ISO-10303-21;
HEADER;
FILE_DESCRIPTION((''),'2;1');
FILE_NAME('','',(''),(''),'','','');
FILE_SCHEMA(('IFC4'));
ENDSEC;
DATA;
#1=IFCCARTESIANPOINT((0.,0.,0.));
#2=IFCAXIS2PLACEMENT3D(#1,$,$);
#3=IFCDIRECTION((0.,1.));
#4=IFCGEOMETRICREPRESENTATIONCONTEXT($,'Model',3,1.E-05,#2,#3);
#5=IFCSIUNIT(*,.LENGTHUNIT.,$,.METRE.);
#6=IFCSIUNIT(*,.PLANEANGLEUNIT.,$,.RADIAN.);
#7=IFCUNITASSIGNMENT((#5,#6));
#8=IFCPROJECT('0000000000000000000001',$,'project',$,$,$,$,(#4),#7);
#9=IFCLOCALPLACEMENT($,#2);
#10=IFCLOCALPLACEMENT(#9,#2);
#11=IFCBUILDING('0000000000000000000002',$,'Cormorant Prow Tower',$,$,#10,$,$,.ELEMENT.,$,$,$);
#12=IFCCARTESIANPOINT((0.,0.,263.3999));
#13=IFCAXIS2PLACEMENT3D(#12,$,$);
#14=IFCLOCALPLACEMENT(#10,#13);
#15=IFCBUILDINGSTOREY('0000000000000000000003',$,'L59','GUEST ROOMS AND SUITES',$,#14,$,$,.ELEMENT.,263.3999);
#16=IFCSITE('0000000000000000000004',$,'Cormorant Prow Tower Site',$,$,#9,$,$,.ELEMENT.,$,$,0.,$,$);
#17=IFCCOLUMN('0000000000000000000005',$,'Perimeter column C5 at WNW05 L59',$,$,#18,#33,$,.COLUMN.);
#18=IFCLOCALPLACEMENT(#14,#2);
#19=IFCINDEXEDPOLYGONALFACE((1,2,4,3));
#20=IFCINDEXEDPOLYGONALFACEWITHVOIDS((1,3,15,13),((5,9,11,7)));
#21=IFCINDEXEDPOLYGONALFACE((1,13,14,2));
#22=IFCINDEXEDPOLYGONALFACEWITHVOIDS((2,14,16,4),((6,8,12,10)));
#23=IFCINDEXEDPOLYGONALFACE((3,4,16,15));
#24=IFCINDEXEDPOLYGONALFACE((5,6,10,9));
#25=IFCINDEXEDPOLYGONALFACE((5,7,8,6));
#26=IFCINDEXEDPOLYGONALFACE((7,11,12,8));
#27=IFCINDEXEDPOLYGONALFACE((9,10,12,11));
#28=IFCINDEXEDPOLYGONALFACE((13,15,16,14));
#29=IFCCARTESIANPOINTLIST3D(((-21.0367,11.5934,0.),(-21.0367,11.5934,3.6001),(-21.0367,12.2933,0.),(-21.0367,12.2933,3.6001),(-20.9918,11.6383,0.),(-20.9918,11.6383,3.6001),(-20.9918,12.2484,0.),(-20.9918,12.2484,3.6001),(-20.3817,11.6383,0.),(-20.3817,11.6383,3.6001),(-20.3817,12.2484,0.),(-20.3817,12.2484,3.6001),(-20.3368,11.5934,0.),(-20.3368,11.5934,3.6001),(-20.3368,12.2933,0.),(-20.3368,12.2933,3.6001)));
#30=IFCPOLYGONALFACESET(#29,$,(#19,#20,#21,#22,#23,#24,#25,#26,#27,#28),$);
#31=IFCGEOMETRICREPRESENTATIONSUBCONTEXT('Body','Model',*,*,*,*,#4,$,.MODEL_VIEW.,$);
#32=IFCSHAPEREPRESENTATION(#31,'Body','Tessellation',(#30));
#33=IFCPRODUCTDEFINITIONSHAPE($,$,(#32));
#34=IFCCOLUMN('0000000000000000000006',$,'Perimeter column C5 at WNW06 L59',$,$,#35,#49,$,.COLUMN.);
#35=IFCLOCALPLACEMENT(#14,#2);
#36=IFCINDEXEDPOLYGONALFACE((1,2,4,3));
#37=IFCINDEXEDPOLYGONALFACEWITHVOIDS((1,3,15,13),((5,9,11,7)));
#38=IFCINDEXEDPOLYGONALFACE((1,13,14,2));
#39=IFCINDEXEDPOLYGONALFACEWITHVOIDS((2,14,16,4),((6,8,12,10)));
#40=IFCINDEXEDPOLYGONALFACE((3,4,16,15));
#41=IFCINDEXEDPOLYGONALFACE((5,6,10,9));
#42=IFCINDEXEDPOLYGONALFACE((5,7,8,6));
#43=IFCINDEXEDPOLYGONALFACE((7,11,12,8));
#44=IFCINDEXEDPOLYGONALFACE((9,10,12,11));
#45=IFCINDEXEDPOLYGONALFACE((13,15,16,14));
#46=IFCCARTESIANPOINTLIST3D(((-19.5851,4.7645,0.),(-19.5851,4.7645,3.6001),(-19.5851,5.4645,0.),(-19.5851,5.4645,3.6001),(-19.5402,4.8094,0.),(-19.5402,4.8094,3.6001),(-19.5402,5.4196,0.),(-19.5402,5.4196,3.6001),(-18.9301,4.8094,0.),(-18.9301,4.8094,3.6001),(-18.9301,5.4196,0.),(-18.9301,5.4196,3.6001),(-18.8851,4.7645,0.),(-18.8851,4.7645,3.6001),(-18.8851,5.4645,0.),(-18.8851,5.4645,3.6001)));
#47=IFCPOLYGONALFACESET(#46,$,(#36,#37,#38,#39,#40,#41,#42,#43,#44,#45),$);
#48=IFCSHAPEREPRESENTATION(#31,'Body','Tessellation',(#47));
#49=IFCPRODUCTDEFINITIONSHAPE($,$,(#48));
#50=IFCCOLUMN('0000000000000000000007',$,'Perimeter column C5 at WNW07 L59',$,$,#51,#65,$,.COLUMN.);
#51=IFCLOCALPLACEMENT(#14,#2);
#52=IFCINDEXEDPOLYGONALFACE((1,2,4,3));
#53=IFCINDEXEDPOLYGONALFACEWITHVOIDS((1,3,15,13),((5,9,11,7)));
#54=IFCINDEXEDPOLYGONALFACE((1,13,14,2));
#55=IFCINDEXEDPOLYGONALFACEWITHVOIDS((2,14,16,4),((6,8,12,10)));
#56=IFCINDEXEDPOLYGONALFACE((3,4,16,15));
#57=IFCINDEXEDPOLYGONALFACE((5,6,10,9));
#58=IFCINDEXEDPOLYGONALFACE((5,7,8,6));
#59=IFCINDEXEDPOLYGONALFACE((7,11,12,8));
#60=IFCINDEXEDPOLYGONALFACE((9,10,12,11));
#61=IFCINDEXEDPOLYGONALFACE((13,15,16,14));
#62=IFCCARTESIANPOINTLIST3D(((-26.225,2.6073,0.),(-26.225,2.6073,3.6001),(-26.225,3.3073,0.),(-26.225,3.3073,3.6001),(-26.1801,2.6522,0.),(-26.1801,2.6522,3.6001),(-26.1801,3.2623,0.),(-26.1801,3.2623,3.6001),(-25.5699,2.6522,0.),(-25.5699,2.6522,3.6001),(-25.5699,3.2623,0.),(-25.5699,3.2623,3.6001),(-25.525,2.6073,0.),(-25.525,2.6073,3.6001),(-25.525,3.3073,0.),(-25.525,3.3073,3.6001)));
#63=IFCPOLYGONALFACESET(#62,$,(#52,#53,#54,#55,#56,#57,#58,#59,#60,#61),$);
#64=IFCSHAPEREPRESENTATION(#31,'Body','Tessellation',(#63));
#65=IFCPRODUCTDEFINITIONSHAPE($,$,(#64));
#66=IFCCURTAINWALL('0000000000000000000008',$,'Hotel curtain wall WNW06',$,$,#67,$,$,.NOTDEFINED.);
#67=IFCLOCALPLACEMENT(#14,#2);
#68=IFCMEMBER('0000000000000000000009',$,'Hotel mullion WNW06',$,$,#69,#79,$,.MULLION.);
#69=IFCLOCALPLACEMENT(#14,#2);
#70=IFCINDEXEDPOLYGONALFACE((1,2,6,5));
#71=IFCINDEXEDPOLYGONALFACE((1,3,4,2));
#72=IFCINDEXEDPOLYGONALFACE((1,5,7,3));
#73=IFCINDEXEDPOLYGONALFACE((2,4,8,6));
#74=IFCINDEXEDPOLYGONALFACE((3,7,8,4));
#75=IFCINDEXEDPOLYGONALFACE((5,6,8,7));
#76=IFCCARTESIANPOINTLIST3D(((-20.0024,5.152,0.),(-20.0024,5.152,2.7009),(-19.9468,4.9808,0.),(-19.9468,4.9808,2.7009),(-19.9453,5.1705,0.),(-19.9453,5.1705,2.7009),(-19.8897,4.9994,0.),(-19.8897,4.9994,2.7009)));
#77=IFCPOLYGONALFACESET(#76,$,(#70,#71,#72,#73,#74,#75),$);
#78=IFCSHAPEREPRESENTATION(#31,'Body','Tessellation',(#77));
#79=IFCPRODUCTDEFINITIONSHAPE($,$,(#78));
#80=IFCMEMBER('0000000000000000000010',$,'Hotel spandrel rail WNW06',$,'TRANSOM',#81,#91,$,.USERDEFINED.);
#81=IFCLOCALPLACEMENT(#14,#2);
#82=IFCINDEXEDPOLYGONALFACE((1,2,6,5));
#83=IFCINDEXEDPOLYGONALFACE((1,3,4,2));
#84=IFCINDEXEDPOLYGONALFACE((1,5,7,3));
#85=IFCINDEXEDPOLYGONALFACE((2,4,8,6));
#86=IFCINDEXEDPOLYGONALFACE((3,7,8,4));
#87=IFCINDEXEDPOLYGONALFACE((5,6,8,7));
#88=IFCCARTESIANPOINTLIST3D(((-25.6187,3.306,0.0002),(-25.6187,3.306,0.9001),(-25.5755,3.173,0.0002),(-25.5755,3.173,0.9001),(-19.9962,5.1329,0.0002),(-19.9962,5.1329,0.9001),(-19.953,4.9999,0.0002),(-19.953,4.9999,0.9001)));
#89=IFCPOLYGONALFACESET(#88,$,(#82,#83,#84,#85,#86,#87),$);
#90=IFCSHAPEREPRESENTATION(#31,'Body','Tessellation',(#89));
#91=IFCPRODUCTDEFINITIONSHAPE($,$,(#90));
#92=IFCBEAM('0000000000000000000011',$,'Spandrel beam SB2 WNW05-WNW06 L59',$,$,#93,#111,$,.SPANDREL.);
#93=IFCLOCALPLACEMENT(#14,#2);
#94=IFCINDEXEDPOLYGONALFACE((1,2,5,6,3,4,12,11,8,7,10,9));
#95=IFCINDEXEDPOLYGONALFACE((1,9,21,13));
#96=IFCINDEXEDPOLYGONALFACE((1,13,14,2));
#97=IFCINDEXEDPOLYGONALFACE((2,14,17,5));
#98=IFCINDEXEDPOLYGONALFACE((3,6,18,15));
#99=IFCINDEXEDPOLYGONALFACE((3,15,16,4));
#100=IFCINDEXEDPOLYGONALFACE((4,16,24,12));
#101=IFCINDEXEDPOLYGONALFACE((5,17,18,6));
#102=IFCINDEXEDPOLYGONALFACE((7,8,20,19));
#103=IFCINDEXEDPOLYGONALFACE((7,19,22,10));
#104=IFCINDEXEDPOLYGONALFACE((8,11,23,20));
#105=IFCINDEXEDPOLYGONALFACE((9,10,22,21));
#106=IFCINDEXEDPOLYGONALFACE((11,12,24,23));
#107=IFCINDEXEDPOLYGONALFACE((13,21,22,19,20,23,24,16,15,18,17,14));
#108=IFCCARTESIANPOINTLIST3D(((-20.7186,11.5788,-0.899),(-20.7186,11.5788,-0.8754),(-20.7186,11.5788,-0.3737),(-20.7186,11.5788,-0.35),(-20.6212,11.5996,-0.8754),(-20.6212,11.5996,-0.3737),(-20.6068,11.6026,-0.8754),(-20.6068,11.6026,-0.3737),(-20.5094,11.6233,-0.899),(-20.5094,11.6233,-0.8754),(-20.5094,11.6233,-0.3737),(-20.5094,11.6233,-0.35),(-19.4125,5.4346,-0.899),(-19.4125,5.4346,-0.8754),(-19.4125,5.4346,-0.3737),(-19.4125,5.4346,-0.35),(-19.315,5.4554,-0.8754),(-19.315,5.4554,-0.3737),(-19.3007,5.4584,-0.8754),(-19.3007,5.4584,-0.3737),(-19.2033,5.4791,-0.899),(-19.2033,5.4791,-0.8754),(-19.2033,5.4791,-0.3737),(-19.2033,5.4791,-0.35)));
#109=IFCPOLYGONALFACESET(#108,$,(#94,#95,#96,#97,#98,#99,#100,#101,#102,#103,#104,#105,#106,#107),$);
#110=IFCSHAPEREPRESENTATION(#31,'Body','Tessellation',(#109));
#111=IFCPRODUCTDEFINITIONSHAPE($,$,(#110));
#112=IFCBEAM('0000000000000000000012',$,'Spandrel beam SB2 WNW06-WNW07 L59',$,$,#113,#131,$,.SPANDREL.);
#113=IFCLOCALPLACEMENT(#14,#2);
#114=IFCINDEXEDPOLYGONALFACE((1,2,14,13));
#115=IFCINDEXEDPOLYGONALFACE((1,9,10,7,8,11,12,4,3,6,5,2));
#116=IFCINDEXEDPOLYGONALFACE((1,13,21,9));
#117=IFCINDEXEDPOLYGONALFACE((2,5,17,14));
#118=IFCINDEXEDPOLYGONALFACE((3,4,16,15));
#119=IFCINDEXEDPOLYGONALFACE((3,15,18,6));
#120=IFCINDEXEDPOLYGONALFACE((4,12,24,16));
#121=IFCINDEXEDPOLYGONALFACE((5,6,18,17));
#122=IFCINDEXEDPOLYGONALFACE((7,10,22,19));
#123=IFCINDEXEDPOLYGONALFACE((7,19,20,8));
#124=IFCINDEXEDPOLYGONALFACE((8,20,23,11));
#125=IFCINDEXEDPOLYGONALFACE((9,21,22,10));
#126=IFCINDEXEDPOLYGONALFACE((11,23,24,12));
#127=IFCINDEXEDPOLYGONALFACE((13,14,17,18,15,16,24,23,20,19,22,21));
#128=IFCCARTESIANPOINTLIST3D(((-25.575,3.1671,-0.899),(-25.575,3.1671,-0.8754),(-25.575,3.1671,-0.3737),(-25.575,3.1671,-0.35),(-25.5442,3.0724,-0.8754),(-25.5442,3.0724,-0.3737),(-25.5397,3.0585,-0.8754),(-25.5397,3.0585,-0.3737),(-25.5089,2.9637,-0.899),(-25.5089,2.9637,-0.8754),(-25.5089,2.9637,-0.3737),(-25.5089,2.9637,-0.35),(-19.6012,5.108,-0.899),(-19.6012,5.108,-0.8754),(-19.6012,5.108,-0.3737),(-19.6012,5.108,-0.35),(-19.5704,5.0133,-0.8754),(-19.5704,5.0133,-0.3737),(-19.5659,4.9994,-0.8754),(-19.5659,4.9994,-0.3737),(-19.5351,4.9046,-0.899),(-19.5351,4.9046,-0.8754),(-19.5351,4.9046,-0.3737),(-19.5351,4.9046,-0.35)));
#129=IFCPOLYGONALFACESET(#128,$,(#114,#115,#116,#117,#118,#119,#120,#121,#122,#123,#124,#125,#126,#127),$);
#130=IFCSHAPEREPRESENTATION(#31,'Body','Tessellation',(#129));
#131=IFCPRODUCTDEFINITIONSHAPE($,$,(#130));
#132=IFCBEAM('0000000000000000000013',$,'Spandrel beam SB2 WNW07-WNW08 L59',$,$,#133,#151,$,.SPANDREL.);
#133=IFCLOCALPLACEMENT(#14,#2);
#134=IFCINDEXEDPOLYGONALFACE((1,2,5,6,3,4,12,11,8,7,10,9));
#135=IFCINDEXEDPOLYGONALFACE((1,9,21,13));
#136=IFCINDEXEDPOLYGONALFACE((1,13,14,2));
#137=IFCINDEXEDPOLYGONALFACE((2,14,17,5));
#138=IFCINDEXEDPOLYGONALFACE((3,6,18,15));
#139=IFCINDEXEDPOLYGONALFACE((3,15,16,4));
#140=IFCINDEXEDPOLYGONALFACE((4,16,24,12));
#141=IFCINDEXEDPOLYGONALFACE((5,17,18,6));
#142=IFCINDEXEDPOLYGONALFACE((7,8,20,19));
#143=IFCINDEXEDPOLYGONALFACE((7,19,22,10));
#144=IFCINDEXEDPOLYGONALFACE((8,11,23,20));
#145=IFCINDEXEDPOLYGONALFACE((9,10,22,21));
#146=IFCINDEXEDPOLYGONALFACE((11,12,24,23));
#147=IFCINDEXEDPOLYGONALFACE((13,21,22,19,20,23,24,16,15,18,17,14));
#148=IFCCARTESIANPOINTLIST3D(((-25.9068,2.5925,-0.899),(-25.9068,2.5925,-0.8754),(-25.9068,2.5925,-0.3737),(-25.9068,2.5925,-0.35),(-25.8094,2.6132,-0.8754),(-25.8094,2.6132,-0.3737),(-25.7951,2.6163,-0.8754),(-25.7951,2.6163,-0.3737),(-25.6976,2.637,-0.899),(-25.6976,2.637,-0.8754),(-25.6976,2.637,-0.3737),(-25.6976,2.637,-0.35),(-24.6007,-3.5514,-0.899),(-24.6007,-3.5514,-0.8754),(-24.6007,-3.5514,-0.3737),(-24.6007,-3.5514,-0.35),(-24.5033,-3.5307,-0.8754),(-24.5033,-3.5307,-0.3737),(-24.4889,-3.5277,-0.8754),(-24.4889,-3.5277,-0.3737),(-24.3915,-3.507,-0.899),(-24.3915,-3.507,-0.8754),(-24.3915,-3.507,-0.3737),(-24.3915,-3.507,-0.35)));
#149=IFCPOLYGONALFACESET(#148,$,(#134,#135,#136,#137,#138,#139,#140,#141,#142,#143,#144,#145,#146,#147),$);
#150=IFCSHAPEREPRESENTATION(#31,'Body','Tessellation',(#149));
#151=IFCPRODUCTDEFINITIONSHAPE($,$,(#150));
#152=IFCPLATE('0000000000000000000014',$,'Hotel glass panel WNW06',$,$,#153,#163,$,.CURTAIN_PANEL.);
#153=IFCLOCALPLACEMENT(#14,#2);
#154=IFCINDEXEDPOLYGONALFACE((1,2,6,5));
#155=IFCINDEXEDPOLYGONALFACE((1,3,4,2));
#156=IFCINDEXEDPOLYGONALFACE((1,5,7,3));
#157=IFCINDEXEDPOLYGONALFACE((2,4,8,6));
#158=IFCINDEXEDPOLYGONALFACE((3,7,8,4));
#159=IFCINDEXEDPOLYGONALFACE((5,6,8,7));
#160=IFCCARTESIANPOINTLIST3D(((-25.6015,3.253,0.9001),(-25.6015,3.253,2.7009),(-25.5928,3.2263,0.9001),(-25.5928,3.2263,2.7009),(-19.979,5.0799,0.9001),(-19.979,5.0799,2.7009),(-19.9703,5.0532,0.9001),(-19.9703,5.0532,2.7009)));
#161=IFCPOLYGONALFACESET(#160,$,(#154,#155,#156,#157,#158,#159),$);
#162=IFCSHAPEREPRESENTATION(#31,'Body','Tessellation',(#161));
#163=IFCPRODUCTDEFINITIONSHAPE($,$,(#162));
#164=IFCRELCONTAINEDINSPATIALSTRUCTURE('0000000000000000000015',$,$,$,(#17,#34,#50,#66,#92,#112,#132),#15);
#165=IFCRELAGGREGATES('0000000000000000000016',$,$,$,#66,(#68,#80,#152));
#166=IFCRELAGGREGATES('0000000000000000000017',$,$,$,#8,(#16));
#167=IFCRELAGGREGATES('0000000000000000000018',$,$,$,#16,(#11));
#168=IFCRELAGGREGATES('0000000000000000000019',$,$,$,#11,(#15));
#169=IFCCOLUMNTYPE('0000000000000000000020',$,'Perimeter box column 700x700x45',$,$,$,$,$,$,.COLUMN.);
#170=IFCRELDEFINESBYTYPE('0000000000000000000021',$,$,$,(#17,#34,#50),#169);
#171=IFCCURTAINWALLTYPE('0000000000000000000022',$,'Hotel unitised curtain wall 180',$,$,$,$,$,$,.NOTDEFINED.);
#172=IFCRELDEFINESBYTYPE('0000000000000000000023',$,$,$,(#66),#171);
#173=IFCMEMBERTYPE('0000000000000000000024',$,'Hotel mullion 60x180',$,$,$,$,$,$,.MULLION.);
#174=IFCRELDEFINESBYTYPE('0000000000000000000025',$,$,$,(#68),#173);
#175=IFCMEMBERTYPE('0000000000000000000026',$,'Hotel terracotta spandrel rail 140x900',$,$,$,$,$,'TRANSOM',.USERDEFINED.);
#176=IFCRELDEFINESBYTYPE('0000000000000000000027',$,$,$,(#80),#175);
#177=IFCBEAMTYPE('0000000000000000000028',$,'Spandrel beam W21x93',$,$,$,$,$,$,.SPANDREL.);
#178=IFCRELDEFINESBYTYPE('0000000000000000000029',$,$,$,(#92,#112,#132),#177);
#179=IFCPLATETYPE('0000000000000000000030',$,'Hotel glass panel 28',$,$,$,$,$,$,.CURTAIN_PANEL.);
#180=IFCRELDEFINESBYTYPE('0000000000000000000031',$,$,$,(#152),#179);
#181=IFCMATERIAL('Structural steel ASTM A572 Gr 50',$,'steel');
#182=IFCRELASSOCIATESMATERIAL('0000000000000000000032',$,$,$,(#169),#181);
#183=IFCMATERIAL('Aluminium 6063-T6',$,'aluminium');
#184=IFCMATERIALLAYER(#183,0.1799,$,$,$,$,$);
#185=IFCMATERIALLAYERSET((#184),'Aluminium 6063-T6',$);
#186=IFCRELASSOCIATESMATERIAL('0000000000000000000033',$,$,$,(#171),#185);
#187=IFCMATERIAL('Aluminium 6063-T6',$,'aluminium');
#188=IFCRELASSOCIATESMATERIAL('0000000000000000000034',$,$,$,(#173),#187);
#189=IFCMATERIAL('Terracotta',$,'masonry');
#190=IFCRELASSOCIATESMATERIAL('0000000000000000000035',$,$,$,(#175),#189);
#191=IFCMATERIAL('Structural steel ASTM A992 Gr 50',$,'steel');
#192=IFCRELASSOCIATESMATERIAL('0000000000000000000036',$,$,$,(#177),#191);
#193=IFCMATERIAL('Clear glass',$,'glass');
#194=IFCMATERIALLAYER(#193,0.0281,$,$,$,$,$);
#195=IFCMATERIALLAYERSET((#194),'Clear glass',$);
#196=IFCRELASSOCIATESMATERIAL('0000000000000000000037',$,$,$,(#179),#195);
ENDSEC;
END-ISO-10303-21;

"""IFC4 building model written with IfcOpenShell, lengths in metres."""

from ifc_helpers import new_model, si_unit, direction, frame, origin, origin_2d, place, context, subcontext, project, spatial, rectangle, hollow_rectangle, i_section, extrude, material, layer, layer_set, material_profile, profile_set, type_object, element, aggregate, save


model = new_model("IFC4")

# Units and contexts
model_context = context("Model", 3, precision=1e-05, world=origin(), true_north=direction((0.0, 1.0)))
body_context = subcontext(model_context, "Body", "Model", "MODEL_VIEW")
ifc_project = project(units=[si_unit("LENGTHUNIT", "METRE"), si_unit("PLANEANGLEUNIT", "RADIAN")], contexts=[model_context])

# Site, building, storey
site_placement = place(None, origin())
site = spatial("IfcSite", under=ifc_project, at=site_placement, Name="Cormorant Prow Tower Site", CompositionType="ELEMENT", RefElevation=0.0)
building_placement = place(site_placement, origin())
building = spatial("IfcBuilding", under=site, at=building_placement, Name="Cormorant Prow Tower", CompositionType="ELEMENT")
storey_placement = place(building_placement, frame((0.0, 0.0, 263.3999)))
storey = spatial("IfcBuildingStorey", under=building, at=storey_placement, Name="L59", Description="GUEST ROOMS AND SUITES", CompositionType="ELEMENT", Elevation=263.3999)

# Columns
ifc_material_1 = material(Name="Structural steel ASTM A572 Gr 50", Category="steel")
ifc_material_profile_1 = material_profile(ifc_material_1, hollow_rectangle(XDim=0.7, YDim=0.7, WallThickness=0.0449, at=origin_2d()), Name="Box 700x700x45")
ifc_profile_set_1 = profile_set([ifc_material_profile_1], Name="Structural steel ASTM A572 Gr 50")
column_type = type_object("IfcColumnType", Name="Perimeter box column 700x700x45", PredefinedType="COLUMN", material=ifc_profile_set_1)
for number, where, z_axis, x_axis, name in (
    (1, (-20.6868, 11.9434, 0.0), (0.0, 0.0, 1.0), (1.0, 0.0, 0.0), "Perimeter column C5 at WNW05 L59"),
    (2, (-19.2351, 5.1145, 0.0), (0.0, 0.0, 1.0), (1.0, 0.0, 0.0), "Perimeter column C5 at WNW06 L59"),
    (3, (-25.875, 2.9573, 0.0), (0.0, 0.0, 1.0), (1.0, 0.0, 0.0), "Perimeter column C5 at WNW07 L59"),
):
    element("IfcColumn", number, at=place(storey_placement, frame(where, z_axis=z_axis, x_axis=x_axis)), inside=storey, type_object=column_type, Name=name, PredefinedType="COLUMN", context=body_context, shape_type="SweptSolid", body=[
        extrude(hollow_rectangle(XDim=0.7, YDim=0.7, WallThickness=0.0449, at=origin_2d()), origin(), (0.0, 0.0, 1.0), 3.6001),
    ])

# Curtain wall, members
ifc_material_2 = material(Name="Aluminium 6063-T6", Category="aluminium")
ifc_layer_1 = layer(ifc_material_2, 0.1799)
ifc_layer_set_1 = layer_set([ifc_layer_1], Name="Aluminium 6063-T6")
curtain_wall_type = type_object("IfcCurtainWallType", Name="Hotel unitised curtain wall 180", PredefinedType="NOTDEFINED", material=ifc_layer_set_1)
curtain_wall_placement = place(storey_placement, origin())
curtain_wall = element("IfcCurtainWall", 4, at=curtain_wall_placement, inside=storey, type_object=curtain_wall_type, Name="Hotel curtain wall WNW06", PredefinedType="NOTDEFINED")
ifc_material_3 = material(Name="Aluminium 6063-T6", Category="aluminium")
ifc_material_profile_2 = material_profile(ifc_material_3, rectangle(XDim=0.1799, YDim=0.0601, at=origin_2d()), Name="Hotel mullion 60x180")
ifc_profile_set_2 = profile_set([ifc_material_profile_2], Name="Aluminium 6063-T6")
member_type_1 = type_object("IfcMemberType", Name="Hotel mullion 60x180", PredefinedType="MULLION", material=ifc_profile_set_2)
member_1_placement = place(storey_placement, frame((-19.946, 5.0757, 0.0), z_axis=(0.0, 0.0, 1.0), x_axis=(0.309017, -0.951057, 0.0)))
member_1 = element("IfcMember", 5, at=member_1_placement, type_object=member_type_1, Name="Hotel mullion WNW06", PredefinedType="MULLION", context=body_context, shape_type="SweptSolid", body=[
    extrude(rectangle(XDim=0.1799, YDim=0.0601, at=origin_2d()), origin(), (0.0, 0.0, 1.0), 2.7009),
])
ifc_material_4 = material(Name="Terracotta", Category="masonry")
ifc_material_profile_3 = material_profile(ifc_material_4, rectangle(XDim=0.1399, YDim=0.8999, at=origin_2d()), Name="Hotel terracotta spandrel rail 140x900")
ifc_profile_set_3 = profile_set([ifc_material_profile_3], Name="Terracotta")
member_type_2 = type_object("IfcMemberType", Name="Hotel terracotta spandrel rail 140x900", ElementType="TRANSOM", PredefinedType="USERDEFINED", material=ifc_profile_set_3)
member_2_placement = place(storey_placement, frame((-19.9746, 5.0664, 0.4502), z_axis=(-0.951055, -0.309021, 0.0), x_axis=(0.309021, -0.951055, 0.0)))
member_2 = element("IfcMember", 6, at=member_2_placement, type_object=member_type_2, Name="Hotel spandrel rail WNW06", ObjectType="TRANSOM", PredefinedType="USERDEFINED", context=body_context, shape_type="SweptSolid", body=[
    extrude(rectangle(XDim=0.1399, YDim=0.8999, at=origin_2d()), origin(), (0.0, 0.0, 1.0), 5.9119),
])

# Beams
ifc_material_5 = material(Name="Structural steel ASTM A992 Gr 50", Category="steel")
ifc_material_profile_4 = material_profile(ifc_material_5, i_section(OverallWidth=0.2139, OverallDepth=0.5491, WebThickness=0.0146, FlangeThickness=0.0237, at=origin_2d()), Name="W21x93")
ifc_profile_set_4 = profile_set([ifc_material_profile_4], Name="Structural steel ASTM A992 Gr 50")
beam_type = type_object("IfcBeamType", Name="Spandrel beam W21x93", PredefinedType="SPANDREL", material=ifc_profile_set_4)
beam_placement = place(storey_placement, frame((-20.614, 11.6011, -0.6245), z_axis=(0.207934, -0.978143, 0.0), x_axis=(0.978143, 0.207934, 0.0)))
element("IfcBeam", 7, at=beam_placement, inside=storey, type_object=beam_type, Name="Spandrel beam SB2 WNW05-WNW06 L59", PredefinedType="SPANDREL", context=body_context, shape_type="SweptSolid", body=[
    extrude(i_section(OverallWidth=0.2139, OverallDepth=0.5491, WebThickness=0.0146, FlangeThickness=0.0237, at=origin_2d()), origin(), (0.0, 0.0, 1.0), 6.2815),
])
for number, where, z_axis, x_axis, name in (
    (8, (-19.5681, 5.0063, -0.6245), (-0.951062, -0.309001, 0.0), (0.309001, -0.951062, 0.0), "Spandrel beam SB2 WNW06-WNW07 L59"),
    (9, (-25.8022, 2.6147, -0.6245), (0.207941, -0.978141, 0.0), (0.978141, 0.207941, 0.0), "Spandrel beam SB2 WNW07-WNW08 L59"),
):
    element("IfcBeam", number, at=place(storey_placement, frame(where, z_axis=z_axis, x_axis=x_axis)), inside=storey, type_object=beam_type, Name=name, PredefinedType="SPANDREL", context=body_context, shape_type="SweptSolid", body=[
        extrude(i_section(OverallWidth=0.2139, OverallDepth=0.5491, WebThickness=0.0146, FlangeThickness=0.0237, at=origin_2d()), origin(), (0.0, 0.0, 1.0), 6.2812),
    ])

# Plate
ifc_material_6 = material(Name="Clear glass", Category="glass")
ifc_layer_2 = layer(ifc_material_6, 0.0281)
ifc_layer_set_2 = layer_set([ifc_layer_2], Name="Clear glass")
plate_type = type_object("IfcPlateType", Name="Hotel glass panel 28", PredefinedType="CURTAIN_PANEL", material=ifc_layer_set_2)
plate_placement = place(storey_placement, frame((-22.7859, 4.1531, 0.9001), z_axis=(0.0, 0.0, 1.0), x_axis=(-0.951057, -0.309017, 0.0)))
plate = element("IfcPlate", 10, at=plate_placement, type_object=plate_type, Name="Hotel glass panel WNW06", PredefinedType="CURTAIN_PANEL", context=body_context, shape_type="SweptSolid", body=[
    extrude(rectangle(XDim=5.9119, YDim=0.0281, at=origin_2d()), origin(), (0.0, 0.0, 1.0), 1.8008),
])
aggregate(curtain_wall, [member_1, member_2, plate])

save(model, "model.ifc")
